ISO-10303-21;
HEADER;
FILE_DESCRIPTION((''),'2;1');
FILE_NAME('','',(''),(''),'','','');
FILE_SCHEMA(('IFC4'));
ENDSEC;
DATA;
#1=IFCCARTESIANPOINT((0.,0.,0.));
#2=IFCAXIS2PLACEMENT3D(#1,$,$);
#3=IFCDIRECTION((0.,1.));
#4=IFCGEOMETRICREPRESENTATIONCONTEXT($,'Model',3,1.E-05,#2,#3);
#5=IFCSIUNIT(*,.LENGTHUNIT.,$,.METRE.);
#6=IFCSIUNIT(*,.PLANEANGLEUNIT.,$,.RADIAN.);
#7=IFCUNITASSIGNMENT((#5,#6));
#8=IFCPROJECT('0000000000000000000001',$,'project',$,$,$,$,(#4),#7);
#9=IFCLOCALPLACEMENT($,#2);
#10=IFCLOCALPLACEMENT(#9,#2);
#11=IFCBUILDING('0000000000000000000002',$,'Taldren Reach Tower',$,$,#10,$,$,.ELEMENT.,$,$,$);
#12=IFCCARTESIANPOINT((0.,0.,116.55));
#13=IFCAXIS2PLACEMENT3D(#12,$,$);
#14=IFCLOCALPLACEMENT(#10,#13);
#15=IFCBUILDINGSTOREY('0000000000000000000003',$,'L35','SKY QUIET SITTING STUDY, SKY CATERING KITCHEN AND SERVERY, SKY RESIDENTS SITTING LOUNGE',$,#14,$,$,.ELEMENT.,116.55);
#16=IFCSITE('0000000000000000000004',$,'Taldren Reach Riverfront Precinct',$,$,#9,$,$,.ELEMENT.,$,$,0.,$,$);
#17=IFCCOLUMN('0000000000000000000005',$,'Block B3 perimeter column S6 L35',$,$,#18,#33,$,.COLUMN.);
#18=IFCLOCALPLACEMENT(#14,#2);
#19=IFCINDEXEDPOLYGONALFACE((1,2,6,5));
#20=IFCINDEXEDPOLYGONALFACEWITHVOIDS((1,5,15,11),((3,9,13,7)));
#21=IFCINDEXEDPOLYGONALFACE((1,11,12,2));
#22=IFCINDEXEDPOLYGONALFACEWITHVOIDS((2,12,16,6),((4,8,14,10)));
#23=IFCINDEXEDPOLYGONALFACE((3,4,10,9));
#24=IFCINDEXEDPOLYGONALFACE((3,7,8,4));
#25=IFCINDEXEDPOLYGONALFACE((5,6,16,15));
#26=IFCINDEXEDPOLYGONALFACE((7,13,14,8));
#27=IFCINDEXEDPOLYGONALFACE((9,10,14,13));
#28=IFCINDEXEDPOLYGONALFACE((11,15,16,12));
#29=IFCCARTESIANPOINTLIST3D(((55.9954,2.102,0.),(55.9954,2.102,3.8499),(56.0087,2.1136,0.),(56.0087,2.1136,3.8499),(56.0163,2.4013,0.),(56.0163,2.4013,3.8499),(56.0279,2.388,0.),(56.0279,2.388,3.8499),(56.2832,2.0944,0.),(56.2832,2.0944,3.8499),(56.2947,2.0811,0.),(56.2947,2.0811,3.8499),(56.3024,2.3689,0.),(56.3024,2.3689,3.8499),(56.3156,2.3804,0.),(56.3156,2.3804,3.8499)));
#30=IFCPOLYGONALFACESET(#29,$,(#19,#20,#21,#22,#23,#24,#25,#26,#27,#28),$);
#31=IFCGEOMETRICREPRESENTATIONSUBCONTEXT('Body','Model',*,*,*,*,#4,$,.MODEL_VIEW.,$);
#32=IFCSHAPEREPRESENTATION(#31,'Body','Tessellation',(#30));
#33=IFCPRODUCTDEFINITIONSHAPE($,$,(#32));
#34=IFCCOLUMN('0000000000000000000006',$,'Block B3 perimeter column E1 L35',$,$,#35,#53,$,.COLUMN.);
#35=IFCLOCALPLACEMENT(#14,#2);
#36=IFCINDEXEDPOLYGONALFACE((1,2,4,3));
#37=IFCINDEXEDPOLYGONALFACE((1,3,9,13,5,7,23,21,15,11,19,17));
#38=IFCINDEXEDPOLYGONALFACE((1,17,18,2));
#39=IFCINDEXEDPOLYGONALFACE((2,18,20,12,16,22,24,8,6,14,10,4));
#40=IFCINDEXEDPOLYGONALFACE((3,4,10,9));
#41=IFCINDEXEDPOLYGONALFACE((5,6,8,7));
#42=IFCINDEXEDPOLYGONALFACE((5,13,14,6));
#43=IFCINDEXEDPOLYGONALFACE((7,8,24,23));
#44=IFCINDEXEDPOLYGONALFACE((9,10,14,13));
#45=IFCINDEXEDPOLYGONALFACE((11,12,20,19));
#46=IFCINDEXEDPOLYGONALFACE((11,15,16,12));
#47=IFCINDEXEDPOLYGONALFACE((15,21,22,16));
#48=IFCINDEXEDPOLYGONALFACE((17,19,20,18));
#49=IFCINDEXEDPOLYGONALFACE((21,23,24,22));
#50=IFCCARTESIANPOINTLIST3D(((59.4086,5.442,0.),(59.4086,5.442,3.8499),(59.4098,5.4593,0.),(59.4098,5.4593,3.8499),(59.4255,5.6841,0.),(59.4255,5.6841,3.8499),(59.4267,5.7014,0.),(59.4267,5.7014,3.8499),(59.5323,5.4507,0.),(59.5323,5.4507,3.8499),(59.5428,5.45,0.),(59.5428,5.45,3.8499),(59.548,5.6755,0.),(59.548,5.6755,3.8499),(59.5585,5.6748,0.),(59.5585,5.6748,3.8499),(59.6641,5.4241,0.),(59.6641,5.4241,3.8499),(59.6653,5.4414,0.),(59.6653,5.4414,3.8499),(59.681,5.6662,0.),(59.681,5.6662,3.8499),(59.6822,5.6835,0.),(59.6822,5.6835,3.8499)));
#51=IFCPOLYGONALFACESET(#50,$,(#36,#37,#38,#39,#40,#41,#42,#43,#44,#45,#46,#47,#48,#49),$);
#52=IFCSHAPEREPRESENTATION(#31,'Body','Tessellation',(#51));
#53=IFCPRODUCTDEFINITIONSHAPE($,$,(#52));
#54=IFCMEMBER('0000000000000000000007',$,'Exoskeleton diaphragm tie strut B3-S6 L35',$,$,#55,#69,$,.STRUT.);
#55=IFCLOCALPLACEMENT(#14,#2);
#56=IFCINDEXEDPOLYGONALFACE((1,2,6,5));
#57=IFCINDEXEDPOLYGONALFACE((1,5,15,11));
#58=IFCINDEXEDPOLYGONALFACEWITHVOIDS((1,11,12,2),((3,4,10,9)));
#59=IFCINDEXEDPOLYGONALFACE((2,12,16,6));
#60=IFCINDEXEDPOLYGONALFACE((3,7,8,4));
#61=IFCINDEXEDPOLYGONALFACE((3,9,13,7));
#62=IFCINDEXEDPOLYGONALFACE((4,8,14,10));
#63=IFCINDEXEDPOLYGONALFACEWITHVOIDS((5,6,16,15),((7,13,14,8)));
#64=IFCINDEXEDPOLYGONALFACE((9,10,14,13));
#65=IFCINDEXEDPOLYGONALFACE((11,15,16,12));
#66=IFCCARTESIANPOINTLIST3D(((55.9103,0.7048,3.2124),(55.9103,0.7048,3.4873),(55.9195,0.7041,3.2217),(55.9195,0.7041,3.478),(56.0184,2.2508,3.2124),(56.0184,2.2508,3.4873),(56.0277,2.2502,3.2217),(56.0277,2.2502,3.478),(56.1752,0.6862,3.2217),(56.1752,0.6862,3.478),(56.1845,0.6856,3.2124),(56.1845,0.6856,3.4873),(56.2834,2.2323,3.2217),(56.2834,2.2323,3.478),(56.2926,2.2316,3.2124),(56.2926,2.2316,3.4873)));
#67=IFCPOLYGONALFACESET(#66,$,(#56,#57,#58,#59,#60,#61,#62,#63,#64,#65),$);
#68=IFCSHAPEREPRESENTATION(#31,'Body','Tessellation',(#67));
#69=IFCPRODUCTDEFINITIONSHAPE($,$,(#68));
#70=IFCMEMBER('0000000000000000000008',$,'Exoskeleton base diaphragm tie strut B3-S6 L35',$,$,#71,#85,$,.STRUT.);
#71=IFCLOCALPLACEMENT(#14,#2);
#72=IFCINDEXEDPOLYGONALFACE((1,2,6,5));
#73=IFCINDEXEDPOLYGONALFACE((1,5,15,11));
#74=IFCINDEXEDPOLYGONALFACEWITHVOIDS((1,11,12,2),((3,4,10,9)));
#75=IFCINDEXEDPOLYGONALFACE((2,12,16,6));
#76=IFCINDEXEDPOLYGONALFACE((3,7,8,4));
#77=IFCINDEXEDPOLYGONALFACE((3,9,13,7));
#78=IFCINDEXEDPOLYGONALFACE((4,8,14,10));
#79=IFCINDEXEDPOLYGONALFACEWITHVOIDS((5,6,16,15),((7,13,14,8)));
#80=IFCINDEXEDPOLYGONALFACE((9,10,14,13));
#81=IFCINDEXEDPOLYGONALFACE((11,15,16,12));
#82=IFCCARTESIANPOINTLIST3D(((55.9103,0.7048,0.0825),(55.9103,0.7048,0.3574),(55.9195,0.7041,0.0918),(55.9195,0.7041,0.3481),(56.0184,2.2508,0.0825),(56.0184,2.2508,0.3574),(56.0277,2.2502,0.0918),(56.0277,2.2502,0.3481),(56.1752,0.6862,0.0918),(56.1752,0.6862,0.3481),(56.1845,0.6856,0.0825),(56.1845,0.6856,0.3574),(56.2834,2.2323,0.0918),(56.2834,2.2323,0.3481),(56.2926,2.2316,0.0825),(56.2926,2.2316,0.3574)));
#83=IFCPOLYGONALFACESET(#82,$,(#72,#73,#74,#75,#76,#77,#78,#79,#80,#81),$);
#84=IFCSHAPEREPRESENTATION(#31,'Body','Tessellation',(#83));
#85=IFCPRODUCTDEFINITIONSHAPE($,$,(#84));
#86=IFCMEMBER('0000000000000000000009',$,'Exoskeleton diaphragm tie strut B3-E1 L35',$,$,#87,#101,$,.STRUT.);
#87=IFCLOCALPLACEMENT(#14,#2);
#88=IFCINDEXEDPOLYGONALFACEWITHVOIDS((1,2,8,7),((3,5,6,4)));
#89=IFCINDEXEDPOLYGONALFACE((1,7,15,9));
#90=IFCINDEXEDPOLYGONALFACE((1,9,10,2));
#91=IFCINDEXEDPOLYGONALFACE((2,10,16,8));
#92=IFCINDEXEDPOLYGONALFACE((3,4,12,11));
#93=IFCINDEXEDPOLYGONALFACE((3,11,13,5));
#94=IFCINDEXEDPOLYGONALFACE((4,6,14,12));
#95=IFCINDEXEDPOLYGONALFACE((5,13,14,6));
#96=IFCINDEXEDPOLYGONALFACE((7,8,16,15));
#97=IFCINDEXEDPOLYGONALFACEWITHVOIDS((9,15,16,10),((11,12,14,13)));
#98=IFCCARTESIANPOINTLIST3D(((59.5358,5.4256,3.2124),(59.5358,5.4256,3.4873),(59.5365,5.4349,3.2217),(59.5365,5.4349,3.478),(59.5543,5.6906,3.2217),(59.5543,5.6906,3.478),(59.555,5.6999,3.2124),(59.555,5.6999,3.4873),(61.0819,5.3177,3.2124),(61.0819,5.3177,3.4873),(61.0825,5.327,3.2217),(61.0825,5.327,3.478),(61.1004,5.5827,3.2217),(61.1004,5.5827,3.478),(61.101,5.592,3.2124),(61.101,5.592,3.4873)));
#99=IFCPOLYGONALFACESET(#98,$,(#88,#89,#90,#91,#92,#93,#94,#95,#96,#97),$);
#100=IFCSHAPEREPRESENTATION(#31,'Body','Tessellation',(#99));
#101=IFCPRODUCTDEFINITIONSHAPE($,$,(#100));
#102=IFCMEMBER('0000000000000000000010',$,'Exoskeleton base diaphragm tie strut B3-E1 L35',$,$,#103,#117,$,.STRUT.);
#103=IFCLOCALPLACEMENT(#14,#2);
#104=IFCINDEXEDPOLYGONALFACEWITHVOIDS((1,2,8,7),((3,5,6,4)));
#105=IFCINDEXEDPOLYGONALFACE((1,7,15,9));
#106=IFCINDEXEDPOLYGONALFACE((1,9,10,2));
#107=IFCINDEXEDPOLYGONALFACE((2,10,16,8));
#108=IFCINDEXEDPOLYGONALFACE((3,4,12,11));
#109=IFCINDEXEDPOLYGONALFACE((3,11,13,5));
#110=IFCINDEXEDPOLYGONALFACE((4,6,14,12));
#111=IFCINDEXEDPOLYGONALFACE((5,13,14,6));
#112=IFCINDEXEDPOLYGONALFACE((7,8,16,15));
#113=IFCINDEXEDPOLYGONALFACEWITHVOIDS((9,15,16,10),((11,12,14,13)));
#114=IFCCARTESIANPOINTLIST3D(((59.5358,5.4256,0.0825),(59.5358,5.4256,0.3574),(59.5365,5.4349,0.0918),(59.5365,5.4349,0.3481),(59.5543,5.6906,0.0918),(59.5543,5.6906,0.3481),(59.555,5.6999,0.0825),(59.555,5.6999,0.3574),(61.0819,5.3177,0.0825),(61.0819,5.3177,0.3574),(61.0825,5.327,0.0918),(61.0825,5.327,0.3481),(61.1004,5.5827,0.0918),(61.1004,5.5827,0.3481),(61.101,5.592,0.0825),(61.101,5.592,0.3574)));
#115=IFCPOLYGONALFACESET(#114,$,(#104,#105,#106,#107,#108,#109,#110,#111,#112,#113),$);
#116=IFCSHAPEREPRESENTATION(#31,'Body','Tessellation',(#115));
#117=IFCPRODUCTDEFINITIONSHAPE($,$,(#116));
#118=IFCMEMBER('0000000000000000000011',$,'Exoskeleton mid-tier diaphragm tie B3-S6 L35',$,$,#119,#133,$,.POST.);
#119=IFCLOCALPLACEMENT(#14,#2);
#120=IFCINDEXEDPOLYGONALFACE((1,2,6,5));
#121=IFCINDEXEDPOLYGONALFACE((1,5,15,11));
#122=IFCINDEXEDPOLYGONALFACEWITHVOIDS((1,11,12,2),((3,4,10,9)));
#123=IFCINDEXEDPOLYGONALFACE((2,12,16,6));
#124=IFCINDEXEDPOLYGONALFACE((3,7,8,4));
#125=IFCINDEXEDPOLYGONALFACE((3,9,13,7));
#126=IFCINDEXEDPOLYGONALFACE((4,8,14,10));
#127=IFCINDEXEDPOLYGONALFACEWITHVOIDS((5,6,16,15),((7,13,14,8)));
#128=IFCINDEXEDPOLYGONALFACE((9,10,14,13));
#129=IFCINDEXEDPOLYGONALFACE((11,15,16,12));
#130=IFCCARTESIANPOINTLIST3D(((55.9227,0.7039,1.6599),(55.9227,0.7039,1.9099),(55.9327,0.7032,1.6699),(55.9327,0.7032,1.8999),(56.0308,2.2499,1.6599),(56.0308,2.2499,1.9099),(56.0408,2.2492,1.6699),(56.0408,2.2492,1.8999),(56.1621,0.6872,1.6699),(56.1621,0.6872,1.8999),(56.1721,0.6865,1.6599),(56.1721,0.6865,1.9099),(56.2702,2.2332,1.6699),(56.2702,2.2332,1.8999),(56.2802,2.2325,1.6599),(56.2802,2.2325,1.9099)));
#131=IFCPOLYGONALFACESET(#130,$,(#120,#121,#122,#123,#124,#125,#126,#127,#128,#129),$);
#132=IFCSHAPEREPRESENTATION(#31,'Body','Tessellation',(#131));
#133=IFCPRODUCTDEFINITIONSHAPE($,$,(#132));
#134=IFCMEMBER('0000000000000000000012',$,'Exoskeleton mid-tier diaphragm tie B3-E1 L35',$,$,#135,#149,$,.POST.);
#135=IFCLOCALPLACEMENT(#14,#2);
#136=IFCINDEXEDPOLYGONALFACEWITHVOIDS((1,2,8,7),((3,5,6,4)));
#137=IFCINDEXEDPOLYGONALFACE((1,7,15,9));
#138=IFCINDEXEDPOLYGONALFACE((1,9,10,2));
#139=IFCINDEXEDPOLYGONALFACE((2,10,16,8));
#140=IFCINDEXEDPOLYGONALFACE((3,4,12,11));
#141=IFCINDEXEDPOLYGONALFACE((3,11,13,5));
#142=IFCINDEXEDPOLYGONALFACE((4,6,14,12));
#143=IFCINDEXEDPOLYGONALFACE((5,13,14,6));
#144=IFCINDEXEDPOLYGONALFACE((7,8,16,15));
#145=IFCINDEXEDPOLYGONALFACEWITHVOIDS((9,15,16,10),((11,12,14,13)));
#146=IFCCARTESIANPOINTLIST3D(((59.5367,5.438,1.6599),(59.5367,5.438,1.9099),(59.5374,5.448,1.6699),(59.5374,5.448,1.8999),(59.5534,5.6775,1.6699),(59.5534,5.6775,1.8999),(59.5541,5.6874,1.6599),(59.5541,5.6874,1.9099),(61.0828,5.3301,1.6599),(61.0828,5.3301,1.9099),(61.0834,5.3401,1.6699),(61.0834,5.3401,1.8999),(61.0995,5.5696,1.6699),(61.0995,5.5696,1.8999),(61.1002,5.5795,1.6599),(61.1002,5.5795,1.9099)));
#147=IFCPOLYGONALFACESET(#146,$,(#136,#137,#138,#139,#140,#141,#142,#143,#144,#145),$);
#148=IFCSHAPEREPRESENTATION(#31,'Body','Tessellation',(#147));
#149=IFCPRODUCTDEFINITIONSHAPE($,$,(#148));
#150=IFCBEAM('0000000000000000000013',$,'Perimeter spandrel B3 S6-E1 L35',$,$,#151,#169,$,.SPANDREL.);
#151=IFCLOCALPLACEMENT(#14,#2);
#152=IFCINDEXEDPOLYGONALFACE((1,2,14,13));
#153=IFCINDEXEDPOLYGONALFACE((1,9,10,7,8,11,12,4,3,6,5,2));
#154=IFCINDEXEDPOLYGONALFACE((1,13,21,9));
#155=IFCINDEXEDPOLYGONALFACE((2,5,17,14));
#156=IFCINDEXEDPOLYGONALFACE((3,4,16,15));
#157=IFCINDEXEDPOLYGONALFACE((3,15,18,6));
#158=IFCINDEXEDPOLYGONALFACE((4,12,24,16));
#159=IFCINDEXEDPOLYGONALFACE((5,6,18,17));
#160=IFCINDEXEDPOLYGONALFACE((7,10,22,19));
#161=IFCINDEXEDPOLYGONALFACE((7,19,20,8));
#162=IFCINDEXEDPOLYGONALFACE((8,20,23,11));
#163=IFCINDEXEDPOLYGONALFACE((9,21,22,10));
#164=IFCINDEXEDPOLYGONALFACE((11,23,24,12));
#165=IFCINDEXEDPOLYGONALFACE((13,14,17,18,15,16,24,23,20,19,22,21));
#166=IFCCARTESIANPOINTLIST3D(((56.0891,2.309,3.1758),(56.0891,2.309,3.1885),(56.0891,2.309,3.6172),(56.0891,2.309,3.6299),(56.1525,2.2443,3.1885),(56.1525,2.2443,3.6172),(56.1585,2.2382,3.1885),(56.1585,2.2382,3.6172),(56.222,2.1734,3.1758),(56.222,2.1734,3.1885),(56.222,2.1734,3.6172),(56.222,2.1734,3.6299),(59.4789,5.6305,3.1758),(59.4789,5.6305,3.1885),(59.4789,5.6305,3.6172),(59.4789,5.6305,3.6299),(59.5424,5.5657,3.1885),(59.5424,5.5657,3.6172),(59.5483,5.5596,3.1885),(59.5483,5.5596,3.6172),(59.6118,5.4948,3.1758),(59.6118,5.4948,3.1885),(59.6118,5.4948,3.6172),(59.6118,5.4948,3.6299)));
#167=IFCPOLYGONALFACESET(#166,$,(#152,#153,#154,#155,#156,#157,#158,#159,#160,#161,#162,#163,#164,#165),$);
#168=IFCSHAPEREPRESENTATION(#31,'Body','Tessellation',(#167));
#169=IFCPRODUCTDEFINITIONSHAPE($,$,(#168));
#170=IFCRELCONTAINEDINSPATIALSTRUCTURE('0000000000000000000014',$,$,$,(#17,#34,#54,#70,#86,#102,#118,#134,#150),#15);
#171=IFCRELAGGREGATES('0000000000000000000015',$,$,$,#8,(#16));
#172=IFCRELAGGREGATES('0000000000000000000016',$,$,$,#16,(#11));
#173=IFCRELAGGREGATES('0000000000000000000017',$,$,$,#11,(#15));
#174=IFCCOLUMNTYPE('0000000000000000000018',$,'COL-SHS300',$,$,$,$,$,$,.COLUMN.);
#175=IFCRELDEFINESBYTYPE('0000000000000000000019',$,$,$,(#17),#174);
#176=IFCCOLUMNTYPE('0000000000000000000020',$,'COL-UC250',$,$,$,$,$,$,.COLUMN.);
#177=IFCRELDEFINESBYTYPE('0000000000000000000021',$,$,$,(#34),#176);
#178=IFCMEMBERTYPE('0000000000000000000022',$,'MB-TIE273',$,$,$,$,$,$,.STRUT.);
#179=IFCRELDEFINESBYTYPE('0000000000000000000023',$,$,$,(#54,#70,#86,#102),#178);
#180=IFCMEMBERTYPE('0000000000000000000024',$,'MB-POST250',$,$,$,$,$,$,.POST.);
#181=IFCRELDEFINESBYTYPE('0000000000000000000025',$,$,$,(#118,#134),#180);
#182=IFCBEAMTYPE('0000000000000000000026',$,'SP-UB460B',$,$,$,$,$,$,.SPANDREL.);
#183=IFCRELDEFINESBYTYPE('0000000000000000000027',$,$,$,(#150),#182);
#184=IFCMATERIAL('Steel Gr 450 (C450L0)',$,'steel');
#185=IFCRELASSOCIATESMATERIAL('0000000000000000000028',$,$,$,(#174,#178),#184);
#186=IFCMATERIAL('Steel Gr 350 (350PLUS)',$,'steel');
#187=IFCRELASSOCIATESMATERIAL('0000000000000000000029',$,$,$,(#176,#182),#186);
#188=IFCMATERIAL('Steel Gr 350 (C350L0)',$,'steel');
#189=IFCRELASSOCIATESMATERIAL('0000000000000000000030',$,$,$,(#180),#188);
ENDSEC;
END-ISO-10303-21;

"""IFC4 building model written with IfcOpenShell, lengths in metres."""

from ifc_helpers import new_model, si_unit, direction, frame, origin, origin_2d, place, context, subcontext, project, spatial, hollow_rectangle, i_section, extrude, source, transform, mapped, material, material_profile, profile_set, type_object, element, save


model = new_model("IFC4")

# Units and contexts
model_context = context("Model", 3, precision=1e-05, world=origin(), true_north=direction((0.0, 1.0)))
body_context = subcontext(model_context, "Body", "Model", "MODEL_VIEW")
ifc_project = project(units=[si_unit("LENGTHUNIT", "METRE"), si_unit("PLANEANGLEUNIT", "RADIAN")], contexts=[model_context])

# Site, building, storey
site_placement = place(None, origin())
site = spatial("IfcSite", under=ifc_project, at=site_placement, Name="Taldren Reach Riverfront Precinct", CompositionType="ELEMENT", RefElevation=0.0)
building_placement = place(site_placement, origin())
building = spatial("IfcBuilding", under=site, at=building_placement, Name="Taldren Reach Tower", CompositionType="ELEMENT")
storey_placement = place(building_placement, frame((0.0, 0.0, 116.55)))
storey = spatial("IfcBuildingStorey", under=building, at=storey_placement, Name="L35", Description="SKY QUIET SITTING STUDY, SKY CATERING KITCHEN AND SERVERY, SKY RESIDENTS SITTING LOUNGE", CompositionType="ELEMENT", Elevation=116.55)

# Columns
ifc_material_1 = material(Name="Steel Gr 450 (C450L0)", Category="steel")
ifc_material_profile_1 = material_profile(ifc_material_1, hollow_rectangle(XDim=0.3, YDim=0.3, WallThickness=0.0125, at=origin_2d()), Name="300x300x12.5SHS")
ifc_profile_set_1 = profile_set([ifc_material_profile_1], Name="Steel Gr 450 (C450L0)")
column_type_1 = type_object("IfcColumnType", Name="COL-SHS300", PredefinedType="COLUMN", material=ifc_profile_set_1)
shared_shape_1 = source(origin(), body_context, "Body", "SweptSolid", [
    extrude(hollow_rectangle(XDim=0.3, YDim=0.3, WallThickness=0.0125, at=origin_2d()), origin(), (0.0, 0.0, 1.0), 3.8499),
])
column_1_placement = place(storey_placement, frame((56.1555, 2.2412, 0.0), z_axis=(0.0, 0.0, 1.0), x_axis=(0.997564, -0.069756, 0.0)))
element("IfcColumn", 1, at=column_1_placement, inside=storey, type_object=column_type_1, Name="Block B3 perimeter column S6 L35", PredefinedType="COLUMN", context=body_context, shape_type="MappedRepresentation", body=[
    mapped(shared_shape_1, transform((0.0, 0.0, 0.0), scale=1.0)),
])
ifc_material_2 = material(Name="Steel Gr 350 (350PLUS)", Category="steel")
ifc_material_profile_2 = material_profile(ifc_material_2, i_section(OverallWidth=0.2561, OverallDepth=0.26, WebThickness=0.0105, FlangeThickness=0.0173, at=origin_2d()), Name="250UC89.5")
ifc_profile_set_2 = profile_set([ifc_material_profile_2], Name="Steel Gr 350 (350PLUS)")
column_type_2 = type_object("IfcColumnType", Name="COL-UC250", PredefinedType="COLUMN", material=ifc_profile_set_2)
shared_shape_2 = source(origin(), body_context, "Body", "SweptSolid", [
    extrude(i_section(OverallWidth=0.2561, OverallDepth=0.26, WebThickness=0.0105, FlangeThickness=0.0173, at=origin_2d()), origin(), (0.0, 0.0, 1.0), 3.8499),
])
column_2_placement = place(storey_placement, frame((59.5454, 5.5627, 0.0), z_axis=(0.0, 0.0, 1.0), x_axis=(0.997564, -0.069756, 0.0)))
element("IfcColumn", 2, at=column_2_placement, inside=storey, type_object=column_type_2, Name="Block B3 perimeter column E1 L35", PredefinedType="COLUMN", context=body_context, shape_type="MappedRepresentation", body=[
    mapped(shared_shape_2, transform((0.0, 0.0, 0.0), scale=1.0)),
])

# Members
ifc_material_profile_3 = material_profile(ifc_material_1, hollow_rectangle(XDim=0.2749, YDim=0.2749, WallThickness=0.0093, at=origin_2d()), Name="275x275x9.3SHS")
ifc_profile_set_3 = profile_set([ifc_material_profile_3], Name="Steel Gr 450 (C450L0)")
member_type_1 = type_object("IfcMemberType", Name="MB-TIE273", PredefinedType="STRUT", material=ifc_profile_set_3)
shared_shape_3 = source(origin(), body_context, "Body", "SweptSolid", [
    extrude(hollow_rectangle(XDim=0.2749, YDim=0.2749, WallThickness=0.0093, at=origin_2d()), origin(), (0.0, 0.0, 1.0), 1.5498),
])
for number, where, z_axis, x_axis, name in (
    (3, (56.1555, 2.2412, 3.3499), (-0.069781, -0.997562, 0.0), (0.997562, -0.069781, 0.0), "Exoskeleton diaphragm tie strut B3-S6 L35"),
    (4, (56.1555, 2.2412, 0.22), (-0.069781, -0.997562, 0.0), (0.997562, -0.069781, 0.0), "Exoskeleton base diaphragm tie strut B3-S6 L35"),
    (5, (59.5454, 5.5627, 3.3499), (0.997573, -0.069624, 0.0), (0.069624, 0.997573, 0.0), "Exoskeleton diaphragm tie strut B3-E1 L35"),
    (6, (59.5454, 5.5627, 0.22), (0.997573, -0.069624, 0.0), (0.069624, 0.997573, 0.0), "Exoskeleton base diaphragm tie strut B3-E1 L35"),
):
    element("IfcMember", number, at=place(storey_placement, frame(where, z_axis=z_axis, x_axis=x_axis)), inside=storey, type_object=member_type_1, Name=name, PredefinedType="STRUT", context=body_context, shape_type="MappedRepresentation", body=[
        mapped(shared_shape_3, transform((0.0, 0.0, 0.0), scale=1.0)),
    ])
ifc_material_3 = material(Name="Steel Gr 350 (C350L0)", Category="steel")
ifc_material_profile_4 = material_profile(ifc_material_3, hollow_rectangle(XDim=0.25, YDim=0.25, WallThickness=0.01, at=origin_2d()), Name="250x250x10.0SHS")
ifc_profile_set_4 = profile_set([ifc_material_profile_4], Name="Steel Gr 350 (C350L0)")
member_type_2 = type_object("IfcMemberType", Name="MB-POST250", PredefinedType="POST", material=ifc_profile_set_4)
shared_shape_4 = source(origin(), body_context, "Body", "SweptSolid", [
    extrude(hollow_rectangle(XDim=0.25, YDim=0.25, WallThickness=0.01, at=origin_2d()), origin(), (0.0, 0.0, 1.0), 1.5498),
])
for number, where, z_axis, x_axis, name in (
    (7, (56.1555, 2.2412, 1.7849), (-0.069781, -0.997562, 0.0), (0.997562, -0.069781, 0.0), "Exoskeleton mid-tier diaphragm tie B3-S6 L35"),
    (8, (59.5454, 5.5627, 1.7849), (0.997573, -0.069624, 0.0), (0.069624, 0.997573, 0.0), "Exoskeleton mid-tier diaphragm tie B3-E1 L35"),
):
    element("IfcMember", number, at=place(storey_placement, frame(where, z_axis=z_axis, x_axis=x_axis)), inside=storey, type_object=member_type_2, Name=name, PredefinedType="POST", context=body_context, shape_type="MappedRepresentation", body=[
        mapped(shared_shape_4, transform((0.0, 0.0, 0.0), scale=1.0)),
    ])

# Beam
ifc_material_profile_5 = material_profile(ifc_material_2, i_section(OverallWidth=0.1899, OverallDepth=0.4541, WebThickness=0.0085, FlangeThickness=0.0127, at=origin_2d()), Name="460UB67.1")
ifc_profile_set_5 = profile_set([ifc_material_profile_5], Name="Steel Gr 350 (350PLUS)")
beam_type_1 = type_object("IfcBeamType", Name="SP-UB460B", PredefinedType="SPANDREL", material=ifc_profile_set_5)
shared_shape_5 = source(origin(), body_context, "Body", "SweptSolid", [
    extrude(i_section(OverallWidth=0.1899, OverallDepth=0.4541, WebThickness=0.0085, FlangeThickness=0.0127, at=origin_2d()), origin(), (0.0, 0.0, 1.0), 4.7458),
])
beam_1_placement = place(storey_placement, frame((56.1555, 2.2412, 3.4028), z_axis=(0.714272, 0.699868, 0.0), x_axis=(-0.699868, 0.714272, 0.0)))
element("IfcBeam", 9, at=beam_1_placement, inside=storey, type_object=beam_type_1, Name="Perimeter spandrel B3 S6-E1 L35", PredefinedType="SPANDREL", context=body_context, shape_type="MappedRepresentation", body=[
    mapped(shared_shape_5, transform((0.0, 0.0, 0.0), scale=1.0)),
])

save(model, "model.ifc")
